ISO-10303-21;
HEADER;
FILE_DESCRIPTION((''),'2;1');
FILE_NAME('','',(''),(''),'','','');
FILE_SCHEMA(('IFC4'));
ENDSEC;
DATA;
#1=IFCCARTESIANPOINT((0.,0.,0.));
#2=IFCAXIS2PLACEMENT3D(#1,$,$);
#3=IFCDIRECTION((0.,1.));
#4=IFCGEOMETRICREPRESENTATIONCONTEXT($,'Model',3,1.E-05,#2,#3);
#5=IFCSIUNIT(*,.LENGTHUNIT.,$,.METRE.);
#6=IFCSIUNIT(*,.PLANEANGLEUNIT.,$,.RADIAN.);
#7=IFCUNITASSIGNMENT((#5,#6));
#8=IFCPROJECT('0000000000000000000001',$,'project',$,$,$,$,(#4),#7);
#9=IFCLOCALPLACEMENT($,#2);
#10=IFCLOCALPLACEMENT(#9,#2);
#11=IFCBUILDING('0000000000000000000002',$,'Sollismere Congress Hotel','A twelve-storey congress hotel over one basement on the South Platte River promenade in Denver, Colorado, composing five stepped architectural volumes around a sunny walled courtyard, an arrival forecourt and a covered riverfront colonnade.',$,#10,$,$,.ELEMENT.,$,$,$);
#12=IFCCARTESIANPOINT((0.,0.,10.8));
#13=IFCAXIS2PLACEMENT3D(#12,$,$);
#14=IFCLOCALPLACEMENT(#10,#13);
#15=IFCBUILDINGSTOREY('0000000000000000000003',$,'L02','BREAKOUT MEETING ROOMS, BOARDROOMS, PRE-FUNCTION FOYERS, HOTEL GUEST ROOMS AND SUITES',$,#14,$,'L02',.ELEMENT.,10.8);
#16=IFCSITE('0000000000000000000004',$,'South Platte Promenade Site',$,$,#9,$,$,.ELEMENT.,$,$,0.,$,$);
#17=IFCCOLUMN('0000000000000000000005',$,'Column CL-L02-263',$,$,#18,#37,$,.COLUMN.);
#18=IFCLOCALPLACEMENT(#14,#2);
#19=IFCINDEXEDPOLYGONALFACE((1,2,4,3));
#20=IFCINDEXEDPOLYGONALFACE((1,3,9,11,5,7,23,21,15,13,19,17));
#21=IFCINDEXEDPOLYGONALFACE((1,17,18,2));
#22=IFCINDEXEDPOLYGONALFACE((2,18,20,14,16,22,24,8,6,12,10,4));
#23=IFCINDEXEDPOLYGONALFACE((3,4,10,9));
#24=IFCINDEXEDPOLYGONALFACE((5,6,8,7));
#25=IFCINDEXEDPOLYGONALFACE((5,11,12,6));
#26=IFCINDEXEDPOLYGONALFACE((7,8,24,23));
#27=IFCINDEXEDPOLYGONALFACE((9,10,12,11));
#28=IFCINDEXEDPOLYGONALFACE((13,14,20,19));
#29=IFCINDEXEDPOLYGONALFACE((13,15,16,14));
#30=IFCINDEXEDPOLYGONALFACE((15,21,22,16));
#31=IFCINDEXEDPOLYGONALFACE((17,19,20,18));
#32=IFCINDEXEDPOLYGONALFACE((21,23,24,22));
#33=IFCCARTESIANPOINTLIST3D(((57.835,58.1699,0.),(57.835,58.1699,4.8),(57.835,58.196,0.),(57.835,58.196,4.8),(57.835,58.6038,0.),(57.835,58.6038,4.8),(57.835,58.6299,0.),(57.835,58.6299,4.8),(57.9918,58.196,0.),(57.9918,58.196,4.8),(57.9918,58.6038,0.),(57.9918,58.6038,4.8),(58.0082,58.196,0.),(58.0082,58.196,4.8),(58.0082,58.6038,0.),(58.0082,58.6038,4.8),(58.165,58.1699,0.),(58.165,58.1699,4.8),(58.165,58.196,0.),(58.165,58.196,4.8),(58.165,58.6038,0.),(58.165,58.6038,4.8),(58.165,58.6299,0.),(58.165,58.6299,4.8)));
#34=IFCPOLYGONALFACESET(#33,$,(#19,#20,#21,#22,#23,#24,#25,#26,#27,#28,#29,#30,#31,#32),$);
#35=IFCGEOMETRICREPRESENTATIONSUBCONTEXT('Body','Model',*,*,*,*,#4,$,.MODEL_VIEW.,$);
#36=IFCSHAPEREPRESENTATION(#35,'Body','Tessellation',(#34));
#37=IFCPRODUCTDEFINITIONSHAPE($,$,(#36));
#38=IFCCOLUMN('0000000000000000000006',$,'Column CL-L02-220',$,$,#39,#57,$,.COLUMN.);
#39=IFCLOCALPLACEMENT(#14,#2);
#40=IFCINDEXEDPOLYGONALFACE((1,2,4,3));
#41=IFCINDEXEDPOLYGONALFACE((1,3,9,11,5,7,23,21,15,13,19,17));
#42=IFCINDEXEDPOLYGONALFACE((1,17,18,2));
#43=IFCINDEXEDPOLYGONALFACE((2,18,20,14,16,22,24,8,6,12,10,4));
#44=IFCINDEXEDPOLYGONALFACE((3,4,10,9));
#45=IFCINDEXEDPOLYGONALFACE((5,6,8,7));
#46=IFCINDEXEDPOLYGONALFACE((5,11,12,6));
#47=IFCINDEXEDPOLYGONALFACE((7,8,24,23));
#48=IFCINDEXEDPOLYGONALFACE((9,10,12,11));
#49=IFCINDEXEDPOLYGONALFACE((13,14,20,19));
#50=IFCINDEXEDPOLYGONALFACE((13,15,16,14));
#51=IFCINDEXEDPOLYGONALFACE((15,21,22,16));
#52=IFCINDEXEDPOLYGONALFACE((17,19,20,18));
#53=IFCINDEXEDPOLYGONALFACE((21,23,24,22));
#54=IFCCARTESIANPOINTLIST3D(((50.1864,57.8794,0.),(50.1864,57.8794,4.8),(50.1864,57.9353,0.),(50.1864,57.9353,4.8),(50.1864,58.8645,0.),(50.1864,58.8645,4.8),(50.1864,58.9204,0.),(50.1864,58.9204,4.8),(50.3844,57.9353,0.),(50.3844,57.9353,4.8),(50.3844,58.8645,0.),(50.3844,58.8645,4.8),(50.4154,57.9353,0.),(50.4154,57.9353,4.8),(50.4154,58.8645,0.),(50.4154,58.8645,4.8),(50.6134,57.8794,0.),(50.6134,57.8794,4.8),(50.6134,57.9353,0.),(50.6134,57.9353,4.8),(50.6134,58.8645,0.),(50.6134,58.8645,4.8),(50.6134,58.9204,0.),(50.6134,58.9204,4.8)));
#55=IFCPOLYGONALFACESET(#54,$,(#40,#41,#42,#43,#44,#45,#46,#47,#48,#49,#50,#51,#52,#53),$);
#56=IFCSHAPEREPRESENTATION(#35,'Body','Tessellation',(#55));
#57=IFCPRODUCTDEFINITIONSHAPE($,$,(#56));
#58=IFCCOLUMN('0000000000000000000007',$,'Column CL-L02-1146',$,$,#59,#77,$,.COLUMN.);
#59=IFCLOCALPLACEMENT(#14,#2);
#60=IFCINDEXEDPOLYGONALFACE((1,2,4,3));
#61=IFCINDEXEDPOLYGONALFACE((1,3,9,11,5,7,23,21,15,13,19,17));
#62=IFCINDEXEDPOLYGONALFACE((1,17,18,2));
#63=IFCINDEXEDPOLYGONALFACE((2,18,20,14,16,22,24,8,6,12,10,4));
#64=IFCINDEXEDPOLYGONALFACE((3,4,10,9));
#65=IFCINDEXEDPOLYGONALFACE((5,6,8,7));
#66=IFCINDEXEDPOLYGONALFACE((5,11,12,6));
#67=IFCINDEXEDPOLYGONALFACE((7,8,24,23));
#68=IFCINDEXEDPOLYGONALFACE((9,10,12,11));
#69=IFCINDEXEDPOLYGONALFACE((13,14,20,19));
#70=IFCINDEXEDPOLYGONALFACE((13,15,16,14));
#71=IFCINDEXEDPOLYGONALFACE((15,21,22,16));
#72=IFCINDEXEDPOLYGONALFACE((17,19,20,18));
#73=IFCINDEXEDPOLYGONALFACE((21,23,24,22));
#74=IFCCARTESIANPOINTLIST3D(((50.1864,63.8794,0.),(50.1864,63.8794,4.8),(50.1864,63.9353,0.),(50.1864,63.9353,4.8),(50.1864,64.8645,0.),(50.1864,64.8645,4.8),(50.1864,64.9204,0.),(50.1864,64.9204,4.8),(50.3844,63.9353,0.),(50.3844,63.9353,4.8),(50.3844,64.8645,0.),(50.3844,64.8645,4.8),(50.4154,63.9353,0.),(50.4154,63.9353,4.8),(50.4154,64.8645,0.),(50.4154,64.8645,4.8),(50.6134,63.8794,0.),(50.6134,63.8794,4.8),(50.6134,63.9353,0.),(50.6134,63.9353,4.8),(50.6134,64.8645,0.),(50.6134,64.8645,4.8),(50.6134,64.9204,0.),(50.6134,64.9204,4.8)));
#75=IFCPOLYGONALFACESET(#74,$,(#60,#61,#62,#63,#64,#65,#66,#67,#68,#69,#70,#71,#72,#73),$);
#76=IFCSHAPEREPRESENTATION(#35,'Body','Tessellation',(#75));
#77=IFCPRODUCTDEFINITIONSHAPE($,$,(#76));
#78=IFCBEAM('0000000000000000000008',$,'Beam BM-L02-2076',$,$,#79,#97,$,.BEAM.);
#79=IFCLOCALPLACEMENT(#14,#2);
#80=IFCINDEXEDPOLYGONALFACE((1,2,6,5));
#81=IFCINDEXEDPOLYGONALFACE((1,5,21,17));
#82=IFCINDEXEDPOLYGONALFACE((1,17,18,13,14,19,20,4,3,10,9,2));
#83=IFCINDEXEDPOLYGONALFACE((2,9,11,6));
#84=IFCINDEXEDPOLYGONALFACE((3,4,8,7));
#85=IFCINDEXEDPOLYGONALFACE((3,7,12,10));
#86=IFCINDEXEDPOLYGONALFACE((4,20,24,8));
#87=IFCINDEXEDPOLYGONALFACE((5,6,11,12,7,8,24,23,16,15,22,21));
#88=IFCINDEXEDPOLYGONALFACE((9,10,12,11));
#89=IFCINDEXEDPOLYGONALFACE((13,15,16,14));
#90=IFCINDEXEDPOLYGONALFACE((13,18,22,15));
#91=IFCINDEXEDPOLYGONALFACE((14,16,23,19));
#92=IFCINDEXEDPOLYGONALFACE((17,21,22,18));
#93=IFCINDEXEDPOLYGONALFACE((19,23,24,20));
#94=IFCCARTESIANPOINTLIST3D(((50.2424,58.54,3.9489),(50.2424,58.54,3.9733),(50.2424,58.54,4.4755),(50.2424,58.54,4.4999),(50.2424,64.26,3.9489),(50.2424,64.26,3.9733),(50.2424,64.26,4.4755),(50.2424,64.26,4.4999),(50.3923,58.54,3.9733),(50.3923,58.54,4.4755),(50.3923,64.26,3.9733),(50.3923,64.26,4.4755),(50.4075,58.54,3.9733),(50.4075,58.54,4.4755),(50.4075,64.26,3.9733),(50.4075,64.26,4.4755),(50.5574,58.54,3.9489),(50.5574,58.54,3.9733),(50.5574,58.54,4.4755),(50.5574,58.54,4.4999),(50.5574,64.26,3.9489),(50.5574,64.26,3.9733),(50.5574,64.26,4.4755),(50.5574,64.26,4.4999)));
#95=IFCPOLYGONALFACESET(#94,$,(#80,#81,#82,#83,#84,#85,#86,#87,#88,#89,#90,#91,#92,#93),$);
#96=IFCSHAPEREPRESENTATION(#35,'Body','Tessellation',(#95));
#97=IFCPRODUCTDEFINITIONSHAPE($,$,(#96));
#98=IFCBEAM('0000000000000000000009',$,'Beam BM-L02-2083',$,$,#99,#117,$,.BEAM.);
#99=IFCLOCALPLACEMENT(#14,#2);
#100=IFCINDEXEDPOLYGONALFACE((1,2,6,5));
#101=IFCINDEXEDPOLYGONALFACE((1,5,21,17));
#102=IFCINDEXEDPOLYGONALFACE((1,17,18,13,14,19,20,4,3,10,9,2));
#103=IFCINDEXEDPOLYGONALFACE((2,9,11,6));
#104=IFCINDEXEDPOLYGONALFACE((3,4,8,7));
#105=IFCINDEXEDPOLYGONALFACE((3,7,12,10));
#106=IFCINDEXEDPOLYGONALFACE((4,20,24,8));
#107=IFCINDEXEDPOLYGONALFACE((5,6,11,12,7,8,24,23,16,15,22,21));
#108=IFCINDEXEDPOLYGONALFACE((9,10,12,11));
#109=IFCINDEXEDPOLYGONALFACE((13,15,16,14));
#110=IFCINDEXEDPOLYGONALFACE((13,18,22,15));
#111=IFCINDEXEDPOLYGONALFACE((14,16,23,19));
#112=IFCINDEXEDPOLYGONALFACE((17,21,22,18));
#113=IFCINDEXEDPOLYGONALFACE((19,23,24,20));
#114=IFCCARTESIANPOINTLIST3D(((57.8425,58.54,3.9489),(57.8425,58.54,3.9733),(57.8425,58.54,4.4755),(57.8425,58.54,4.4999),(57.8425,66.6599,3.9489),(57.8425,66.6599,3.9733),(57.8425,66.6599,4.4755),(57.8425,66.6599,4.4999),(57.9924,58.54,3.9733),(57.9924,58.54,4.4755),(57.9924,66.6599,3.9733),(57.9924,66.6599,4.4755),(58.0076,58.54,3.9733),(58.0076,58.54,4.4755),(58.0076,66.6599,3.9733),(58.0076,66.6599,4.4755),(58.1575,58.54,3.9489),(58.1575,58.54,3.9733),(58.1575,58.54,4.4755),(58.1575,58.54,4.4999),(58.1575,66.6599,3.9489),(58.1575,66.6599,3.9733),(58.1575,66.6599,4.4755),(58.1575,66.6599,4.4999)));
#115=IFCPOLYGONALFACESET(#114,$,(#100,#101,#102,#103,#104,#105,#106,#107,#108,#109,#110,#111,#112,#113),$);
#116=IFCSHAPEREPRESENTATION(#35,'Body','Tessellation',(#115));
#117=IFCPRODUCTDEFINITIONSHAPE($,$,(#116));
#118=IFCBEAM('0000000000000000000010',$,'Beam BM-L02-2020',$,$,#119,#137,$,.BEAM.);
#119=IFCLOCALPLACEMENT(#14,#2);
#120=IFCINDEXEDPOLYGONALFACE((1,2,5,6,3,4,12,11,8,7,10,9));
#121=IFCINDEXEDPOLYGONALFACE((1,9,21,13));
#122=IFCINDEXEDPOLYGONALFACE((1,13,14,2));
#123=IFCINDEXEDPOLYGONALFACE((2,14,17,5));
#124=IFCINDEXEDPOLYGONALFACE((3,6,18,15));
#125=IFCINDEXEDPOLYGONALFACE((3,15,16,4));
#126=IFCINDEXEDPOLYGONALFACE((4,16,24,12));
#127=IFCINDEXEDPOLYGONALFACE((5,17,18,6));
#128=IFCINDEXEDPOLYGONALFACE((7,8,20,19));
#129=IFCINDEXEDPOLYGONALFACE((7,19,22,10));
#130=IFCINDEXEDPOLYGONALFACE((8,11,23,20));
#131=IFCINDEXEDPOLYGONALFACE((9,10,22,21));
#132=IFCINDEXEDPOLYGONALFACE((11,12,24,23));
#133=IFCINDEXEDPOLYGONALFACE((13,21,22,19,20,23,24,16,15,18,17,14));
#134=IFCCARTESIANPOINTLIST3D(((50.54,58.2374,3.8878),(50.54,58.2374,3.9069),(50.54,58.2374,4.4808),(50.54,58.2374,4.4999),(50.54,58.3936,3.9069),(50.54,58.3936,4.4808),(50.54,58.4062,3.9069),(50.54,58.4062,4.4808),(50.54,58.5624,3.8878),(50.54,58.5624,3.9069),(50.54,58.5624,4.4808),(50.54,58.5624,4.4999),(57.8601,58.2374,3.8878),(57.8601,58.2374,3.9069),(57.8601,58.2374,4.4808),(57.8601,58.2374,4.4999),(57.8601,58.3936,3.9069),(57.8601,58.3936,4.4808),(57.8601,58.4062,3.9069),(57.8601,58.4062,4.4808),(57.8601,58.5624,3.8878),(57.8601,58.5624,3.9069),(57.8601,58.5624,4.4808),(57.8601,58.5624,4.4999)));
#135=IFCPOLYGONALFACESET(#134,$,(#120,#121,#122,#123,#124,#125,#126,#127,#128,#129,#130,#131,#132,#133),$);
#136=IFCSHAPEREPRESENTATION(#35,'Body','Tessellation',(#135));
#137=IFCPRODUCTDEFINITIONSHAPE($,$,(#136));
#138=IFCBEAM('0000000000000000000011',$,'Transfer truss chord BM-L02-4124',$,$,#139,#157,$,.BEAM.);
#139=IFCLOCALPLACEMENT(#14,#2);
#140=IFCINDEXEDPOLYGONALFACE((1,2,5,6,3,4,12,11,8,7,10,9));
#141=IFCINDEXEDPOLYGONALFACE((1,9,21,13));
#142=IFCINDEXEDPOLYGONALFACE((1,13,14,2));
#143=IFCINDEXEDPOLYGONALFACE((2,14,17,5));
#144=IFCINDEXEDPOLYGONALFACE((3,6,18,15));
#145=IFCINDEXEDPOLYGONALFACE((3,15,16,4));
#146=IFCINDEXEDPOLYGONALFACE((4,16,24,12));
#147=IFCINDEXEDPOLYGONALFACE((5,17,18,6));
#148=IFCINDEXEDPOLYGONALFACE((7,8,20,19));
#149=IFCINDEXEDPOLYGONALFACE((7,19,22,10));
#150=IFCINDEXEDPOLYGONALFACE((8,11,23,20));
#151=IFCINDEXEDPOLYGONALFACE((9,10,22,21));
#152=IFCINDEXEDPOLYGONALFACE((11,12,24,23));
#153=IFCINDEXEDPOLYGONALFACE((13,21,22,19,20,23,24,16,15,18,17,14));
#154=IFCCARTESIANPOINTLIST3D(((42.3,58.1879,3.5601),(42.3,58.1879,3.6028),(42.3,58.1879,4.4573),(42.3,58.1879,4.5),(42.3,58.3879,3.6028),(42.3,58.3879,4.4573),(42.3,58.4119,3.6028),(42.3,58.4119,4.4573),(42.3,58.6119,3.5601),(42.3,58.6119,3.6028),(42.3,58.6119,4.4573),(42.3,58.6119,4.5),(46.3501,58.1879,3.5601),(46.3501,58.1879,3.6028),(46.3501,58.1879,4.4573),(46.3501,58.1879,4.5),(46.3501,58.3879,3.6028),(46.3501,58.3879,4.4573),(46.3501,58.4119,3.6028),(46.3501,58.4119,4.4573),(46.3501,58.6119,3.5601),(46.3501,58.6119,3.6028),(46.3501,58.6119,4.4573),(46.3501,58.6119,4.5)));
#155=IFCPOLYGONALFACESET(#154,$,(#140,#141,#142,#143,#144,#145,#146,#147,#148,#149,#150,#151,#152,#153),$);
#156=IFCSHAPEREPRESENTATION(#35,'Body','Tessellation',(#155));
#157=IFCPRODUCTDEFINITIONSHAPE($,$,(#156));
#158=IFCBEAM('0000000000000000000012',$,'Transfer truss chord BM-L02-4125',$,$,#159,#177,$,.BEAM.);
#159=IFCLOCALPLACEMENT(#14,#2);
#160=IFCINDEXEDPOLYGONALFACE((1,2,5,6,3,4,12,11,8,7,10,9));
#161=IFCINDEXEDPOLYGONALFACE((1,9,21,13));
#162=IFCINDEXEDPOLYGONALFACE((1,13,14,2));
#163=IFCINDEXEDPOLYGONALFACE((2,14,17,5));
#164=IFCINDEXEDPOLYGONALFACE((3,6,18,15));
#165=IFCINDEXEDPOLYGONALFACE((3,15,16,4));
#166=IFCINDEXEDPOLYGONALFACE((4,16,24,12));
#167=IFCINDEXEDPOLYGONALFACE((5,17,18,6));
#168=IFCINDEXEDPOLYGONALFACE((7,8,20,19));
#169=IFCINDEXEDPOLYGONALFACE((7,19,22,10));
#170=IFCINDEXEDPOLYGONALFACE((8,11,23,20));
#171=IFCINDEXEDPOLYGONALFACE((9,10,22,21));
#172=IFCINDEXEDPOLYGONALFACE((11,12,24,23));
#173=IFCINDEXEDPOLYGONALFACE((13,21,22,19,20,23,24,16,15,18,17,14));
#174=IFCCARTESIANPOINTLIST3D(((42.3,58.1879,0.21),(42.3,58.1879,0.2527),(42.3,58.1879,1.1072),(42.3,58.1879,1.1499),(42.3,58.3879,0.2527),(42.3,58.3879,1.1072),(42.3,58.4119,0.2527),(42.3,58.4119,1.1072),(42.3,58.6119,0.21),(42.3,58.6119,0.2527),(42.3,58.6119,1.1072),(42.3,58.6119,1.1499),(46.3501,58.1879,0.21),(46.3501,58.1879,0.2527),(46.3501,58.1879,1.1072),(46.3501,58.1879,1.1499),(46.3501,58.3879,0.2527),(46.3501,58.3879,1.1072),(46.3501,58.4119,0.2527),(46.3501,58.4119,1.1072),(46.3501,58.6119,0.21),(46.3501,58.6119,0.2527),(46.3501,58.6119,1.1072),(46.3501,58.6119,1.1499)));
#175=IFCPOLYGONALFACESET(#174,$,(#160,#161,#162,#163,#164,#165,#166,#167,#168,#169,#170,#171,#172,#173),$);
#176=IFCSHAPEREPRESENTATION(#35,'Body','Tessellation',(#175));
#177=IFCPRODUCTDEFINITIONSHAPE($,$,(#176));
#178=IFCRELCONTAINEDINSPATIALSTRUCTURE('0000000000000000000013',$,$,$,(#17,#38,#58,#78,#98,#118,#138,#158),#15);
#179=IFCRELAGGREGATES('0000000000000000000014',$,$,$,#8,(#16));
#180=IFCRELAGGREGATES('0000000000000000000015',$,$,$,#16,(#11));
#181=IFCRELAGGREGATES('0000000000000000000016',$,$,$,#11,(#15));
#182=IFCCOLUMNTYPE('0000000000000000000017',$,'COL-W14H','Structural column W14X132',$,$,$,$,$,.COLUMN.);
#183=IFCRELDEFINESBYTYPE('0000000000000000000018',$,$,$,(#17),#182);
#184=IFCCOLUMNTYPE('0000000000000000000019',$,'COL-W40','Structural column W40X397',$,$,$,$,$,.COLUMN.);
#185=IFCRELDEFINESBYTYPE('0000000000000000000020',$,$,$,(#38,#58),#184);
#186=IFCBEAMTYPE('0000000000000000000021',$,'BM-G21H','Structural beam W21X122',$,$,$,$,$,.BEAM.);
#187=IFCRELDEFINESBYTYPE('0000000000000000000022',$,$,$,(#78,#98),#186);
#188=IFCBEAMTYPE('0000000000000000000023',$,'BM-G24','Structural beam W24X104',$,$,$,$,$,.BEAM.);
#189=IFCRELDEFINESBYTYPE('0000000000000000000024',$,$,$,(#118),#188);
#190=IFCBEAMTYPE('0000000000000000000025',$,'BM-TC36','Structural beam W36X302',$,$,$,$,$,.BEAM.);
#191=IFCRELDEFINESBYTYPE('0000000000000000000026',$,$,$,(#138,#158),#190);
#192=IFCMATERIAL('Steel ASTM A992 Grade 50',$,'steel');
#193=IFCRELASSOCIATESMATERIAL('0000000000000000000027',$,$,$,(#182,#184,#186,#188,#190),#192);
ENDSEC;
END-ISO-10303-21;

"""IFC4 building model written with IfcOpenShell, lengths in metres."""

from ifc_helpers import new_model, si_unit, direction, frame, origin, origin_2d, place, context, subcontext, project, spatial, i_section, extrude, material, material_profile, profile_set, type_object, element, save


model = new_model("IFC4")

# Units and contexts
model_context = context("Model", 3, precision=1e-05, world=origin(), true_north=direction((0.0, 1.0)))
body_context = subcontext(model_context, "Body", "Model", "MODEL_VIEW")
ifc_project = project(units=[si_unit("LENGTHUNIT", "METRE"), si_unit("PLANEANGLEUNIT", "RADIAN")], contexts=[model_context])

# Site, building, storey
site_placement = place(None, origin())
site = spatial("IfcSite", under=ifc_project, at=site_placement, Name="South Platte Promenade Site", CompositionType="ELEMENT", RefElevation=0.0)
building_placement = place(site_placement, origin())
building = spatial("IfcBuilding", under=site, at=building_placement, Name="Sollismere Congress Hotel", Description="A twelve-storey congress hotel over one basement on the South Platte River promenade in Denver, Colorado, composing five stepped architectural volumes around a sunny walled courtyard, an arrival forecourt and a covered riverfront colonnade.", CompositionType="ELEMENT")
storey_placement = place(building_placement, frame((0.0, 0.0, 10.8)))
storey = spatial("IfcBuildingStorey", under=building, at=storey_placement, Name="L02", Description="BREAKOUT MEETING ROOMS, BOARDROOMS, PRE-FUNCTION FOYERS, HOTEL GUEST ROOMS AND SUITES", LongName="L02", CompositionType="ELEMENT", Elevation=10.8)

# Columns
ifc_material_1 = material(Name="Steel ASTM A992 Grade 50", Category="steel")
ifc_material_profile_1 = material_profile(ifc_material_1, i_section(OverallWidth=0.3301, OverallDepth=0.46, WebThickness=0.0164, FlangeThickness=0.0261, at=origin_2d()), Name="W14X132")
ifc_profile_set_1 = profile_set([ifc_material_profile_1], Name="Steel ASTM A992 Grade 50")
column_type_1 = type_object("IfcColumnType", Name="COL-W14H", Description="Structural column W14X132", PredefinedType="COLUMN", material=ifc_profile_set_1)
column_placement = place(storey_placement, frame((58.0, 58.3999, 0.0), z_axis=(0.0, 0.0, 1.0), x_axis=(1.0, 0.0, 0.0)))
element("IfcColumn", 1, at=column_placement, inside=storey, type_object=column_type_1, Name="Column CL-L02-263", PredefinedType="COLUMN", context=body_context, shape_type="SweptSolid", body=[
    extrude(i_section(OverallWidth=0.3301, OverallDepth=0.46, WebThickness=0.0164, FlangeThickness=0.0261, at=origin_2d()), origin(), (0.0, 0.0, 1.0), 4.8),
])
ifc_material_profile_2 = material_profile(ifc_material_1, i_section(OverallWidth=0.427, OverallDepth=1.041, WebThickness=0.031, FlangeThickness=0.0559, at=origin_2d()), Name="W40X397")
ifc_profile_set_2 = profile_set([ifc_material_profile_2], Name="Steel ASTM A992 Grade 50")
column_type_2 = type_object("IfcColumnType", Name="COL-W40", Description="Structural column W40X397", PredefinedType="COLUMN", material=ifc_profile_set_2)
for number, where, z_axis, x_axis, name in (
    (2, (50.3999, 58.3999, 0.0), (0.0, 0.0, 1.0), (1.0, 0.0, 0.0), "Column CL-L02-220"),
    (3, (50.3999, 64.3999, 0.0), (0.0, 0.0, 1.0), (1.0, 0.0, 0.0), "Column CL-L02-1146"),
):
    element("IfcColumn", number, at=place(storey_placement, frame(where, z_axis=z_axis, x_axis=x_axis)), inside=storey, type_object=column_type_2, Name=name, PredefinedType="COLUMN", context=body_context, shape_type="SweptSolid", body=[
        extrude(i_section(OverallWidth=0.427, OverallDepth=1.041, WebThickness=0.031, FlangeThickness=0.0559, at=origin_2d()), origin(), (0.0, 0.0, 1.0), 4.8),
    ])

# Beams
ifc_material_profile_3 = material_profile(ifc_material_1, i_section(OverallWidth=0.3149, OverallDepth=0.551, WebThickness=0.0151, FlangeThickness=0.0244, at=origin_2d()), Name="W21X122")
ifc_profile_set_3 = profile_set([ifc_material_profile_3], Name="Steel ASTM A992 Grade 50")
beam_type_1 = type_object("IfcBeamType", Name="BM-G21H", Description="Structural beam W21X122", PredefinedType="BEAM", material=ifc_profile_set_3)
beam_1_placement = place(storey_placement, frame((50.3999, 58.54, 4.2244), z_axis=(0.0, 1.0, 0.0), x_axis=(-1.0, 0.0, 0.0)))
element("IfcBeam", 4, at=beam_1_placement, inside=storey, type_object=beam_type_1, Name="Beam BM-L02-2076", PredefinedType="BEAM", context=body_context, shape_type="SweptSolid", body=[
    extrude(i_section(OverallWidth=0.3149, OverallDepth=0.551, WebThickness=0.0151, FlangeThickness=0.0244, at=origin_2d()), origin(), (0.0, 0.0, 1.0), 5.72),
])
beam_2_placement = place(storey_placement, frame((58.0, 58.54, 4.2244), z_axis=(0.0, 1.0, 0.0), x_axis=(-1.0, 0.0, 0.0)))
element("IfcBeam", 5, at=beam_2_placement, inside=storey, type_object=beam_type_1, Name="Beam BM-L02-2083", PredefinedType="BEAM", context=body_context, shape_type="SweptSolid", body=[
    extrude(i_section(OverallWidth=0.3149, OverallDepth=0.551, WebThickness=0.0151, FlangeThickness=0.0244, at=origin_2d()), origin(), (0.0, 0.0, 1.0), 8.1199),
])
ifc_material_profile_4 = material_profile(ifc_material_1, i_section(OverallWidth=0.325, OverallDepth=0.6121, WebThickness=0.0127, FlangeThickness=0.019, at=origin_2d()), Name="W24X104")
ifc_profile_set_4 = profile_set([ifc_material_profile_4], Name="Steel ASTM A992 Grade 50")
beam_type_2 = type_object("IfcBeamType", Name="BM-G24", Description="Structural beam W24X104", PredefinedType="BEAM", material=ifc_profile_set_4)
beam_3_placement = place(storey_placement, frame((50.54, 58.3999, 4.1938), z_axis=(1.0, 0.0, 0.0), x_axis=(0.0, 1.0, 0.0)))
element("IfcBeam", 6, at=beam_3_placement, inside=storey, type_object=beam_type_2, Name="Beam BM-L02-2020", PredefinedType="BEAM", context=body_context, shape_type="SweptSolid", body=[
    extrude(i_section(OverallWidth=0.325, OverallDepth=0.6121, WebThickness=0.0127, FlangeThickness=0.019, at=origin_2d()), origin(), (0.0, 0.0, 1.0), 7.3201),
])
ifc_material_profile_5 = material_profile(ifc_material_1, i_section(OverallWidth=0.4241, OverallDepth=0.9399, WebThickness=0.0239, FlangeThickness=0.0427, at=origin_2d()), Name="W36X302")
ifc_profile_set_5 = profile_set([ifc_material_profile_5], Name="Steel ASTM A992 Grade 50")
beam_type_3 = type_object("IfcBeamType", Name="BM-TC36", Description="Structural beam W36X302", PredefinedType="BEAM", material=ifc_profile_set_5)
for number, where, z_axis, x_axis, name in (
    (7, (42.3, 58.3999, 4.03), (1.0, 0.0, 0.0), (0.0, 1.0, 0.0), "Transfer truss chord BM-L02-4124"),
    (8, (42.3, 58.3999, 0.6799), (1.0, 0.0, 0.0), (0.0, 1.0, 0.0), "Transfer truss chord BM-L02-4125"),
):
    element("IfcBeam", number, at=place(storey_placement, frame(where, z_axis=z_axis, x_axis=x_axis)), inside=storey, type_object=beam_type_3, Name=name, PredefinedType="BEAM", context=body_context, shape_type="SweptSolid", body=[
        extrude(i_section(OverallWidth=0.4241, OverallDepth=0.9399, WebThickness=0.0239, FlangeThickness=0.0427, at=origin_2d()), origin(), (0.0, 0.0, 1.0), 4.05),
    ])

save(model, "model.ifc")
